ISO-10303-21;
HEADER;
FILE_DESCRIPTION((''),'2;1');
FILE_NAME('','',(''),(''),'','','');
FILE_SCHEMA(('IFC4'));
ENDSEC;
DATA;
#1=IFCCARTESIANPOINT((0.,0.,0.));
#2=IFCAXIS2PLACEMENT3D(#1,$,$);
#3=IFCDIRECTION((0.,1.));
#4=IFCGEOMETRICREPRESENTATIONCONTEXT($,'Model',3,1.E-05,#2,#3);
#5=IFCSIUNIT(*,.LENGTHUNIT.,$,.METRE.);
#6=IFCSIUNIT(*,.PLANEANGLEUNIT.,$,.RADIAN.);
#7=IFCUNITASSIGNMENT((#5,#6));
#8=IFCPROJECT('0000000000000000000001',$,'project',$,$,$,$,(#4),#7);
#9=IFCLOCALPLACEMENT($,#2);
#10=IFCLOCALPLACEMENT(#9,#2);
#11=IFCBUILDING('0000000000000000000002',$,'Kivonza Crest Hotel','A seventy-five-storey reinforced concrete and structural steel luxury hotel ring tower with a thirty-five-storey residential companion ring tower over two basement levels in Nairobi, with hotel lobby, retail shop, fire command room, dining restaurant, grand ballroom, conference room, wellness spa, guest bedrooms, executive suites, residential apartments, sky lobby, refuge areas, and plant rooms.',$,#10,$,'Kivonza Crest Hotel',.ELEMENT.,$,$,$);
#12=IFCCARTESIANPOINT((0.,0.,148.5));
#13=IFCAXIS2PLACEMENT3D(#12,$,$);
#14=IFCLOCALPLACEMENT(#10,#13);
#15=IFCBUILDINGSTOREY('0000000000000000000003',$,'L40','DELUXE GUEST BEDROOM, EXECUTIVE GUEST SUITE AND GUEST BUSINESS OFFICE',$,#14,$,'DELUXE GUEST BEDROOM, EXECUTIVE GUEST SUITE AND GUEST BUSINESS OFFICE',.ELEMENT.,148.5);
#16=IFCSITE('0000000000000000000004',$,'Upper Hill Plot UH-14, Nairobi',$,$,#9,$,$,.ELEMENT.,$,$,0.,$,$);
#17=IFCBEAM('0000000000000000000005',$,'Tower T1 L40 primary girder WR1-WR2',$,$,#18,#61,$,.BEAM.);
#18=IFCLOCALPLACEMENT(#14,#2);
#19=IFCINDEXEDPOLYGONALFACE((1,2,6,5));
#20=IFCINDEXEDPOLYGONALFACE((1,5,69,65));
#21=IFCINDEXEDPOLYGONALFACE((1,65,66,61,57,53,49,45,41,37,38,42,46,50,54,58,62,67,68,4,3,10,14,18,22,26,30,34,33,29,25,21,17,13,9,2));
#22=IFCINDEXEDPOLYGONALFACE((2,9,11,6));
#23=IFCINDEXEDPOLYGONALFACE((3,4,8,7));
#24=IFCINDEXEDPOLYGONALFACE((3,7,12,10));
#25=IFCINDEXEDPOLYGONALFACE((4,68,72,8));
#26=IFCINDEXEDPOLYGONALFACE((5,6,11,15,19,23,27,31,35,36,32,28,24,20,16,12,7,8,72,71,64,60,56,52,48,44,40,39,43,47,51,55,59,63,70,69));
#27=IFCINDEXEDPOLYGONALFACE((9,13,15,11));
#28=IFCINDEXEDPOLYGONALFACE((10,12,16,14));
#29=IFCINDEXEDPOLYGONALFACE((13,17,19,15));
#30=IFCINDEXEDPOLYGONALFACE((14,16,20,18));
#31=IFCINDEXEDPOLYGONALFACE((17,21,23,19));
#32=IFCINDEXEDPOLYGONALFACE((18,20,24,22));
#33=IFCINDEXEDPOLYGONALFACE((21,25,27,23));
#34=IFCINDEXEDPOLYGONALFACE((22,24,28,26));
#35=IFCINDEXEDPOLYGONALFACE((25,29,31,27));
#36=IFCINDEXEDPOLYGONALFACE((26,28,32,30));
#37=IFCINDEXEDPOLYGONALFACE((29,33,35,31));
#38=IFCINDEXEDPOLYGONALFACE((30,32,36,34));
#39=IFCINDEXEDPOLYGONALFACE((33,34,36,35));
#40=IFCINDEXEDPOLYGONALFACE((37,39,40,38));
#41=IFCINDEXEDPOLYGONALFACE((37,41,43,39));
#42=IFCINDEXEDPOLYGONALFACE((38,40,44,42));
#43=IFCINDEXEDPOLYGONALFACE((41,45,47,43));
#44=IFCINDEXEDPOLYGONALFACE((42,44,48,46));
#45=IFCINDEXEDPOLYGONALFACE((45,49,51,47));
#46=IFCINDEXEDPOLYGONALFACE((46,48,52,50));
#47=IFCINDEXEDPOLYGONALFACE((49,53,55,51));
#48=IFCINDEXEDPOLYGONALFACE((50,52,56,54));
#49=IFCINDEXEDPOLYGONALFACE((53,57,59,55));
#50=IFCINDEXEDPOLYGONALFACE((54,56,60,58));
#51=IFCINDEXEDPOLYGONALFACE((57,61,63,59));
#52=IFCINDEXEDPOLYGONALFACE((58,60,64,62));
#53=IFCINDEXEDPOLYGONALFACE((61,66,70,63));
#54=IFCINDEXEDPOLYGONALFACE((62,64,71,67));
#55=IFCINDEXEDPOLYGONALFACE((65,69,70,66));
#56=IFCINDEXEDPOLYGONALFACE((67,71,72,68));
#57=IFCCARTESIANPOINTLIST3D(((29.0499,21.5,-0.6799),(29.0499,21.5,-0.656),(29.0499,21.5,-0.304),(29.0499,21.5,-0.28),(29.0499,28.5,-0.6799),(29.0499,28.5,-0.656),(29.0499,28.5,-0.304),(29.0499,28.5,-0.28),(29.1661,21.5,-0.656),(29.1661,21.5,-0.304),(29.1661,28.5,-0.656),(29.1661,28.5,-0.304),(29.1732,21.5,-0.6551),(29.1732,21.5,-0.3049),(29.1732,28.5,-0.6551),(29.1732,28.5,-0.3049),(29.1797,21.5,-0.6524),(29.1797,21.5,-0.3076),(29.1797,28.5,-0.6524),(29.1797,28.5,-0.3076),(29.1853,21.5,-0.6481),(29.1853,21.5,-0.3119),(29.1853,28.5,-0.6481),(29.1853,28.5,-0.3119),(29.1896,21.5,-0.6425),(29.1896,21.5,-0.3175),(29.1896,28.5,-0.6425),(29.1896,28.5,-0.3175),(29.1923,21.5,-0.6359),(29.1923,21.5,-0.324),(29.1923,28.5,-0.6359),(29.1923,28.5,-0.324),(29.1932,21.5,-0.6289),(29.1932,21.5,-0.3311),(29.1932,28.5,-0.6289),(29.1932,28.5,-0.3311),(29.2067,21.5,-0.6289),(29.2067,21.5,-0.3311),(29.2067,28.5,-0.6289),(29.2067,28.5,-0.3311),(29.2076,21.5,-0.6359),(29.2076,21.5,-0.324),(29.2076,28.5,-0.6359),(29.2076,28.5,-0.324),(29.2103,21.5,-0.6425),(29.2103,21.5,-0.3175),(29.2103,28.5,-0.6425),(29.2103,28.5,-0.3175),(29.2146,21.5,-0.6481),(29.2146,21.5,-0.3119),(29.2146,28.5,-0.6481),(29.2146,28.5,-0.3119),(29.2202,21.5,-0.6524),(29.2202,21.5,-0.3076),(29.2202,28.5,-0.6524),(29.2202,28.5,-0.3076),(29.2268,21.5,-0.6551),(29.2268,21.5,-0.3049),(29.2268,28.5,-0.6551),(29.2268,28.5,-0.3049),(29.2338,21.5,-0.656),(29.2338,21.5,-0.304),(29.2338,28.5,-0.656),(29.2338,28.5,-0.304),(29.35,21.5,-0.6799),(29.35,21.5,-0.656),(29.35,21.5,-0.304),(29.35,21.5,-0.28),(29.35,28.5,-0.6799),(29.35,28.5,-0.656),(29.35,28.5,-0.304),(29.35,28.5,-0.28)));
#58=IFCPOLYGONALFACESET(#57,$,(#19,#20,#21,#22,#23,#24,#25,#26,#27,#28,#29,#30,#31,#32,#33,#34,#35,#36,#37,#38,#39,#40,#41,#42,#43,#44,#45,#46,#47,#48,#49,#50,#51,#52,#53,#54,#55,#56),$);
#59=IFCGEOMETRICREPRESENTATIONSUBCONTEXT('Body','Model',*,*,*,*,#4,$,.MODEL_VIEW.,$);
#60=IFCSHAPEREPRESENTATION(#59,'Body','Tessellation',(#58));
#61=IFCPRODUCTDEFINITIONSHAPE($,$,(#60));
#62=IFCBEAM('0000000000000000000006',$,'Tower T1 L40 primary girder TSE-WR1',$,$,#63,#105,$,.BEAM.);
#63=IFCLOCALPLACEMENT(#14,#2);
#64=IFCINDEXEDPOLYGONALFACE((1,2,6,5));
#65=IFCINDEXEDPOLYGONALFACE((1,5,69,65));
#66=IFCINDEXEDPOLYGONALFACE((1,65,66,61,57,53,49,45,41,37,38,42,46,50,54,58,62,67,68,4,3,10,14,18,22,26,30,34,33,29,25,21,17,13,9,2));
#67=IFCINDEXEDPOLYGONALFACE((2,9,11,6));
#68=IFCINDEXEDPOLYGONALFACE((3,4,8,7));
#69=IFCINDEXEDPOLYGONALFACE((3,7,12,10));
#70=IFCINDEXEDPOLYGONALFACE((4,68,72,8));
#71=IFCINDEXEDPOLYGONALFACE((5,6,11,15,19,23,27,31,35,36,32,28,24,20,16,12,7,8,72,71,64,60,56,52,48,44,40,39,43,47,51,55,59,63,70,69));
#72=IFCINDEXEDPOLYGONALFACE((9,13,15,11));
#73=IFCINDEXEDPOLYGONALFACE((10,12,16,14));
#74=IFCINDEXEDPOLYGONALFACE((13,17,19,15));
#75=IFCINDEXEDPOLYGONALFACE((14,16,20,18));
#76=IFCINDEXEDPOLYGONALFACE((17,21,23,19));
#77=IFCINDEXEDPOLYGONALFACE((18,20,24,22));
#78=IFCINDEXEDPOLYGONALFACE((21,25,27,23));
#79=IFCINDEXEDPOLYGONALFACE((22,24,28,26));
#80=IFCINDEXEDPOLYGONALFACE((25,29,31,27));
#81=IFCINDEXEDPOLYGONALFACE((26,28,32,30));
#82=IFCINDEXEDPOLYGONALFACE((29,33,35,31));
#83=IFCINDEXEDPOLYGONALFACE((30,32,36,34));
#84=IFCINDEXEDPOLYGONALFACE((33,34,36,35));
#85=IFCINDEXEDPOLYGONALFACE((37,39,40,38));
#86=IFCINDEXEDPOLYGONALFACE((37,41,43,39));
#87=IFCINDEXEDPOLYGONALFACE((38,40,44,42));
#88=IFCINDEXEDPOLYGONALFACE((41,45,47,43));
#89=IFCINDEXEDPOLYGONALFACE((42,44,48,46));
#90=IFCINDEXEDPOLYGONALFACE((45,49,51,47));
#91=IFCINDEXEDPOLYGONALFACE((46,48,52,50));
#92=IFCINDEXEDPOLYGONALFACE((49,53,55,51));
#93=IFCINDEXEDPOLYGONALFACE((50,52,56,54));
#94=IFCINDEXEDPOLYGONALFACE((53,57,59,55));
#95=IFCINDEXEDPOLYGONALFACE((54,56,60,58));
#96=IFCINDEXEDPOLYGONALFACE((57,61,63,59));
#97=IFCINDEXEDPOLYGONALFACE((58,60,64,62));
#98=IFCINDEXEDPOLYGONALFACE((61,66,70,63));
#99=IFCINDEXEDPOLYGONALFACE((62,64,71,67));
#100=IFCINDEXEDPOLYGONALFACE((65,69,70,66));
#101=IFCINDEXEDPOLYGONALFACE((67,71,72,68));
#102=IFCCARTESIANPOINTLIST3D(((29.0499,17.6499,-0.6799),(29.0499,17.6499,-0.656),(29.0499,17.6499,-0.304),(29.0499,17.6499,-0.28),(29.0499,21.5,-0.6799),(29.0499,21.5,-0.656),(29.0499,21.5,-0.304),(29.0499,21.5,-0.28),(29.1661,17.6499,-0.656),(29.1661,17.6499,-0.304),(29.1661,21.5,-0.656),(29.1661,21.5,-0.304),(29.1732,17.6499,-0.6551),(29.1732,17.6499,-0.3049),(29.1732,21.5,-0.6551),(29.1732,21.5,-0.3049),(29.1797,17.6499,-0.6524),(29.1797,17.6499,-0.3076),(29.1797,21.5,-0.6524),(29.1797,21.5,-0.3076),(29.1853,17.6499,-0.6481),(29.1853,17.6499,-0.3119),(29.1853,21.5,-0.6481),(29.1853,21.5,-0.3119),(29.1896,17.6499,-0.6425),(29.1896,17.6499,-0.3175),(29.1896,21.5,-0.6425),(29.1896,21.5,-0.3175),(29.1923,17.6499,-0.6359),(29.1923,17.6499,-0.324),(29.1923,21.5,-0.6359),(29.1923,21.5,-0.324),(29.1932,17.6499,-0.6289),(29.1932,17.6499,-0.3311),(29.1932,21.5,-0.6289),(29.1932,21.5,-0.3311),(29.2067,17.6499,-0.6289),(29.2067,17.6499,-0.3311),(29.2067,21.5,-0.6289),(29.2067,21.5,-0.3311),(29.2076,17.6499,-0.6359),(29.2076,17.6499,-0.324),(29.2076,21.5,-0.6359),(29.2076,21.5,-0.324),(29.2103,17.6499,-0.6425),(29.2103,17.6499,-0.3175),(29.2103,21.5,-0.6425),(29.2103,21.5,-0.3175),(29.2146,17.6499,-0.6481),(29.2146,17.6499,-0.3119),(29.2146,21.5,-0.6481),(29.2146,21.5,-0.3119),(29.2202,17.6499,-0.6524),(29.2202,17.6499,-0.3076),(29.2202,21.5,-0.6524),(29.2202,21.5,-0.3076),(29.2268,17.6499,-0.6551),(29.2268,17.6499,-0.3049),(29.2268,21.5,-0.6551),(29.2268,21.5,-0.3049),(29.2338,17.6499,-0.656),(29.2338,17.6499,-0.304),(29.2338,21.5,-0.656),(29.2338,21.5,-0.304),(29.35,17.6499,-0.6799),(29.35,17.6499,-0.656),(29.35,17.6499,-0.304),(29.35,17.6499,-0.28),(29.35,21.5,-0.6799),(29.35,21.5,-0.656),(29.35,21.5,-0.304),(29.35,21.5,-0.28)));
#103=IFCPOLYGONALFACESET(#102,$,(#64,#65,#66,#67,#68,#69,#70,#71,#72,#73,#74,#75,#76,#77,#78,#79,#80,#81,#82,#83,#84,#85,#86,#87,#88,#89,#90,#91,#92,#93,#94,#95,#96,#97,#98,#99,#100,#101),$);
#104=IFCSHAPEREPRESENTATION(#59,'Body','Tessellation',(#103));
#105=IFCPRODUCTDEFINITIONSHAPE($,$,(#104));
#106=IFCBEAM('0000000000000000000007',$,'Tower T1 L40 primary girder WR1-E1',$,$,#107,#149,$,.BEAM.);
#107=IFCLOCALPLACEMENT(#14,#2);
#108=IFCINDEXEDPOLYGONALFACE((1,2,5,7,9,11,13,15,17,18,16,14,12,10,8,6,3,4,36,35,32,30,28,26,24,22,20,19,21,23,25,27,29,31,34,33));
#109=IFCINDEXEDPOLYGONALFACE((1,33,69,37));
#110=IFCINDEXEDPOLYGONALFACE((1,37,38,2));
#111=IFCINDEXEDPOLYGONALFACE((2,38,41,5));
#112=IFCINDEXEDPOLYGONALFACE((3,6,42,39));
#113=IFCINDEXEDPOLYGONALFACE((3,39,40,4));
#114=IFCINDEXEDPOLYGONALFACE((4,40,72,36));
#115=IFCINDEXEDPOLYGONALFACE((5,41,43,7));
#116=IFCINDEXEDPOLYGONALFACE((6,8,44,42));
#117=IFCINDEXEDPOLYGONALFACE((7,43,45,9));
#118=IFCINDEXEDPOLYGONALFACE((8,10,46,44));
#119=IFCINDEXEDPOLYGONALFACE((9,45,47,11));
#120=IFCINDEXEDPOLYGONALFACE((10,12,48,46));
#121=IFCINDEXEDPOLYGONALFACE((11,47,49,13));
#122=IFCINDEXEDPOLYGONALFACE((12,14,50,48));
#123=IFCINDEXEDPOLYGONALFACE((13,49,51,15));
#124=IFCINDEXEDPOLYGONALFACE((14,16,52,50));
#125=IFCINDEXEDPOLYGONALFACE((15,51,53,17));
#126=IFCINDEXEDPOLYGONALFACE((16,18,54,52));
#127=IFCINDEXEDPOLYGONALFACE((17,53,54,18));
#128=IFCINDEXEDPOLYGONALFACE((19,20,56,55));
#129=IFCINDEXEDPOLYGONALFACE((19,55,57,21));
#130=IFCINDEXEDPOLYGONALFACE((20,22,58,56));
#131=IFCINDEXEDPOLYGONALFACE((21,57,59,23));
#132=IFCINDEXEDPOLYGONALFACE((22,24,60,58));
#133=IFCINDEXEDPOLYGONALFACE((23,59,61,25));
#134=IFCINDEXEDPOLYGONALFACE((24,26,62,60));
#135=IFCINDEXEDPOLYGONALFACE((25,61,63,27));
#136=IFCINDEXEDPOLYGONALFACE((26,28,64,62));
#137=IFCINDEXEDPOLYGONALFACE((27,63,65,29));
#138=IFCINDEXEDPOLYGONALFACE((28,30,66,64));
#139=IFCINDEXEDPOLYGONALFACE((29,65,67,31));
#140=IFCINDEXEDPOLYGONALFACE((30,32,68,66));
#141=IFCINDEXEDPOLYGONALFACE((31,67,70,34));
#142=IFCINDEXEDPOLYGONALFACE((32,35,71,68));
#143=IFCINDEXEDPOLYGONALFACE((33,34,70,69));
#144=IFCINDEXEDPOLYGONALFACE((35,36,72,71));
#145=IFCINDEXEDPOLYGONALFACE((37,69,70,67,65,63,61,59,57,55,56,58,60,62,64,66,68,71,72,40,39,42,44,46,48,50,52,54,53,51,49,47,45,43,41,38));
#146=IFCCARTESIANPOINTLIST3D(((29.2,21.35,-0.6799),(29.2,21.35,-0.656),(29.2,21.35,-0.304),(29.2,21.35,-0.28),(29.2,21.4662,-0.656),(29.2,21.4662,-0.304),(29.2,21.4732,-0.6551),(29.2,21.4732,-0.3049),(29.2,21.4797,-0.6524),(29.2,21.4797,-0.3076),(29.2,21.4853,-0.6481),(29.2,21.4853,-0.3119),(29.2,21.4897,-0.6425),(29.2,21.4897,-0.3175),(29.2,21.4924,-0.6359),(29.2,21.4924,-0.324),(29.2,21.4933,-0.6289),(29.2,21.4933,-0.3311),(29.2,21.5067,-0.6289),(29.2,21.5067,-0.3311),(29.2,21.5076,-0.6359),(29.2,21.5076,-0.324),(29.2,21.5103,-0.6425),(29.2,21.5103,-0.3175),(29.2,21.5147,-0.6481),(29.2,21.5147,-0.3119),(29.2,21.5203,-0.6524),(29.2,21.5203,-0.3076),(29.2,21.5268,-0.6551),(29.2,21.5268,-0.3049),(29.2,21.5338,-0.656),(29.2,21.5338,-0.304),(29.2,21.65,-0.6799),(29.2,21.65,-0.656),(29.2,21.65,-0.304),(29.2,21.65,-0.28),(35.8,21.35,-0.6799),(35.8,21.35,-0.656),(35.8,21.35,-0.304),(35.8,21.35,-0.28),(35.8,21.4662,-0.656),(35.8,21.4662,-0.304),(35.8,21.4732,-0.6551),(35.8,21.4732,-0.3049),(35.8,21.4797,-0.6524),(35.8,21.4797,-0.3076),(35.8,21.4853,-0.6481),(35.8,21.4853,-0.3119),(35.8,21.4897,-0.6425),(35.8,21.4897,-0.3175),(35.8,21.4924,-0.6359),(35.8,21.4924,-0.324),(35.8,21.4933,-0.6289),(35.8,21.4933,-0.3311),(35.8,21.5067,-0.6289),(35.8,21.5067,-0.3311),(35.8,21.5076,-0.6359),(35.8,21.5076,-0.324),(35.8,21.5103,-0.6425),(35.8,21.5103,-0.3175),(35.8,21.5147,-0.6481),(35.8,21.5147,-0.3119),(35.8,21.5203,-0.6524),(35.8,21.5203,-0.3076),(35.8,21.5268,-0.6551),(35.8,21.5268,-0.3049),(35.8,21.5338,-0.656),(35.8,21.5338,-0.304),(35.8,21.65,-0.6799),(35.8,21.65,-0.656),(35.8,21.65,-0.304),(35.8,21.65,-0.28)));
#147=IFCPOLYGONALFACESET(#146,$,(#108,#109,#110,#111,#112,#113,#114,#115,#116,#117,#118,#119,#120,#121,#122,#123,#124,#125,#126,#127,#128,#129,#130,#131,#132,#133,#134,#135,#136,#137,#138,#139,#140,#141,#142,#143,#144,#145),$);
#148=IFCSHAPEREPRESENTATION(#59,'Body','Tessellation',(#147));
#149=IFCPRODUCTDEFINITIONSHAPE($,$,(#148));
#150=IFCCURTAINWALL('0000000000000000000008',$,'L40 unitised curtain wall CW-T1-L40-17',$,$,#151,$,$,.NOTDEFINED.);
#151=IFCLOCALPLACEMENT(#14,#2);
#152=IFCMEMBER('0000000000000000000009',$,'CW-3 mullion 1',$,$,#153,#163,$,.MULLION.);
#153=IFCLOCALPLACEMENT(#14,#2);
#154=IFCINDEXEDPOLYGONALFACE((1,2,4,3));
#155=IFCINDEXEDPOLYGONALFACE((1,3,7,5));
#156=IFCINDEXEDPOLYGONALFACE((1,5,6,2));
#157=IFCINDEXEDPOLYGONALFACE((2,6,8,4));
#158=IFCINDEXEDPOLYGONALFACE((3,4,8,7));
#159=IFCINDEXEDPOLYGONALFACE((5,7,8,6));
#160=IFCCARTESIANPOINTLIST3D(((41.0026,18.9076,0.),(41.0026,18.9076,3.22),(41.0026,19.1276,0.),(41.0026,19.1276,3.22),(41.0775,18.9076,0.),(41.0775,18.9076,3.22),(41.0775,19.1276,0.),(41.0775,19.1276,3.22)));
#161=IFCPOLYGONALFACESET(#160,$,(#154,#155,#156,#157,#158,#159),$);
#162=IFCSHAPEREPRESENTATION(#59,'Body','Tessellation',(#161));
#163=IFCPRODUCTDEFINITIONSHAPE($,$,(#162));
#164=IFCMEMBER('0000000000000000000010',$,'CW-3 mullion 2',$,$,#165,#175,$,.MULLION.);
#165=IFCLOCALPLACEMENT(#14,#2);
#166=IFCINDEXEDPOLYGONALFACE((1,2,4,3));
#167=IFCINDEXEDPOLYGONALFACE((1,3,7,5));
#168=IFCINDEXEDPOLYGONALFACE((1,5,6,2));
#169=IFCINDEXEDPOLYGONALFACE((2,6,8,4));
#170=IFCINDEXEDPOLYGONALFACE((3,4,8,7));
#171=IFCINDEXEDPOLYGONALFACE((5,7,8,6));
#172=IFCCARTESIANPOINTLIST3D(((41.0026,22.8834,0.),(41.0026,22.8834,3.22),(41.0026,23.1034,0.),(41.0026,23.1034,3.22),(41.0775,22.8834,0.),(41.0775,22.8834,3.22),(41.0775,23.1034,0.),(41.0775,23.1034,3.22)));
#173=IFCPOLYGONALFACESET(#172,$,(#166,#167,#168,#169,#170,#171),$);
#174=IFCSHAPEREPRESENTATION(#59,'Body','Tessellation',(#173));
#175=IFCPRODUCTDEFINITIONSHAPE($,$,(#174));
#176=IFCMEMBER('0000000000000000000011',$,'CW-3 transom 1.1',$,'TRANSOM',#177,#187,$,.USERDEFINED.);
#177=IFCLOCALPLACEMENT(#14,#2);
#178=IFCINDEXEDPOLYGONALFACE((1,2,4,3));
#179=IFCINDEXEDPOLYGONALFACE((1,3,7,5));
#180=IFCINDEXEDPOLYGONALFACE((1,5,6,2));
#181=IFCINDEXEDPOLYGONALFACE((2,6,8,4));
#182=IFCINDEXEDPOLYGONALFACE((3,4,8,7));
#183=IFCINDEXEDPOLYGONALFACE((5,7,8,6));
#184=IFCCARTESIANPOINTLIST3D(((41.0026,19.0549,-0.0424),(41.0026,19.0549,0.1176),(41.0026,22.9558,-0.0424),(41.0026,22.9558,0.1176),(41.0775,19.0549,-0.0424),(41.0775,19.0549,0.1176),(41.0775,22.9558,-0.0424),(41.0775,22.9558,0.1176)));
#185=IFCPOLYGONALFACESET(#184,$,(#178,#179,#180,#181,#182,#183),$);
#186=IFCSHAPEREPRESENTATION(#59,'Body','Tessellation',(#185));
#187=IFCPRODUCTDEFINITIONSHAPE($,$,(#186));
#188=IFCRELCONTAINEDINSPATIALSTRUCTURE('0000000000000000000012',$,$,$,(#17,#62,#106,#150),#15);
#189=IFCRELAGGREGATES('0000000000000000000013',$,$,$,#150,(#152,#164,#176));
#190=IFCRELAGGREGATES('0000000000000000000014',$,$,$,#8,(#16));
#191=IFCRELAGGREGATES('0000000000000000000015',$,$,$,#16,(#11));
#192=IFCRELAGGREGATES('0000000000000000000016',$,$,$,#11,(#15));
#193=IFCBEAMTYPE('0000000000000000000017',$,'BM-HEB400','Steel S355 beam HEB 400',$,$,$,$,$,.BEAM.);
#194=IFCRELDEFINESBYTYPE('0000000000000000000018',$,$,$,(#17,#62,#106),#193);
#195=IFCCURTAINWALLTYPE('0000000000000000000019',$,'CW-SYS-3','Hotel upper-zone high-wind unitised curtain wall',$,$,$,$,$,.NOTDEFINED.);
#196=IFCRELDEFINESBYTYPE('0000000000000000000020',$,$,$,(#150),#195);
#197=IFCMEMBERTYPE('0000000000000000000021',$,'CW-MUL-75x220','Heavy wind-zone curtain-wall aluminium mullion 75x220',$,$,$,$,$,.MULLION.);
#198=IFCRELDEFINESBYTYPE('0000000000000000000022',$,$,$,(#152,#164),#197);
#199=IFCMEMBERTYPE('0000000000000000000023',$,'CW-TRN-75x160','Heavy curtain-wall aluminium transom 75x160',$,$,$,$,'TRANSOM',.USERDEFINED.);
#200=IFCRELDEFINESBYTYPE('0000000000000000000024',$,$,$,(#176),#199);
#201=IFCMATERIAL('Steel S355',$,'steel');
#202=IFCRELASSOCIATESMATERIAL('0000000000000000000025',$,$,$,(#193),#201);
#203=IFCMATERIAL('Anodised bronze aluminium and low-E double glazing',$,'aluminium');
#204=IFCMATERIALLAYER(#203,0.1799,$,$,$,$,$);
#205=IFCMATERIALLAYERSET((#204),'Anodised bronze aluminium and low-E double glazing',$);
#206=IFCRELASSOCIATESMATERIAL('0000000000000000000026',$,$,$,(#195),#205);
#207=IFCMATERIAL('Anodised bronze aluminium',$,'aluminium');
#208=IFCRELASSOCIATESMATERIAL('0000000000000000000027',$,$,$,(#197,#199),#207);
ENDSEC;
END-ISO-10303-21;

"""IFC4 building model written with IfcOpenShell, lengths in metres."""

from ifc_helpers import new_model, si_unit, direction, frame, origin, origin_2d, place, context, subcontext, project, spatial, rectangle, i_section, extrude, material, layer, layer_set, material_profile, profile_set, type_object, element, aggregate, save


model = new_model("IFC4")

# Units and contexts
model_context = context("Model", 3, precision=1e-05, world=origin(), true_north=direction((0.0, 1.0)))
body_context = subcontext(model_context, "Body", "Model", "MODEL_VIEW")
ifc_project = project(units=[si_unit("LENGTHUNIT", "METRE"), si_unit("PLANEANGLEUNIT", "RADIAN")], contexts=[model_context])

# Site, building, storey
site_placement = place(None, origin())
site = spatial("IfcSite", under=ifc_project, at=site_placement, Name="Upper Hill Plot UH-14, Nairobi", CompositionType="ELEMENT", RefElevation=0.0)
building_placement = place(site_placement, origin())
building = spatial("IfcBuilding", under=site, at=building_placement, Name="Kivonza Crest Hotel", Description="A seventy-five-storey reinforced concrete and structural steel luxury hotel ring tower with a thirty-five-storey residential companion ring tower over two basement levels in Nairobi, with hotel lobby, retail shop, fire command room, dining restaurant, grand ballroom, conference room, wellness spa, guest bedrooms, executive suites, residential apartments, sky lobby, refuge areas, and plant rooms.", LongName="Kivonza Crest Hotel", CompositionType="ELEMENT")
storey_placement = place(building_placement, frame((0.0, 0.0, 148.5)))
storey = spatial("IfcBuildingStorey", under=building, at=storey_placement, Name="L40", Description="DELUXE GUEST BEDROOM, EXECUTIVE GUEST SUITE AND GUEST BUSINESS OFFICE", LongName="DELUXE GUEST BEDROOM, EXECUTIVE GUEST SUITE AND GUEST BUSINESS OFFICE", CompositionType="ELEMENT", Elevation=148.5)

# Beams
ifc_material_1 = material(Name="Steel S355", Category="steel")
ifc_material_profile_1 = material_profile(ifc_material_1, i_section(OverallWidth=0.3, OverallDepth=0.3999, WebThickness=0.0134, FlangeThickness=0.0239, FilletRadius=0.0271, at=origin_2d()), Name="HEB 400")
ifc_profile_set_1 = profile_set([ifc_material_profile_1], Name="Steel S355")
beam_type_1 = type_object("IfcBeamType", Name="BM-HEB400", Description="Steel S355 beam HEB 400", PredefinedType="BEAM", material=ifc_profile_set_1)
beam_1_placement = place(storey_placement, frame((29.2, 21.5, -0.48), z_axis=(0.0, 1.0, 0.0), x_axis=(-1.0, 0.0, 0.0)))
element("IfcBeam", 1, at=beam_1_placement, inside=storey, type_object=beam_type_1, Name="Tower T1 L40 primary girder WR1-WR2", PredefinedType="BEAM", context=body_context, shape_type="SweptSolid", body=[
    extrude(i_section(OverallWidth=0.3, OverallDepth=0.3999, WebThickness=0.0134, FlangeThickness=0.0239, FilletRadius=0.0271, at=origin_2d()), origin(), (0.0, 0.0, 1.0), 7.0),
])
beam_2_placement = place(storey_placement, frame((29.2, 17.6499, -0.48), z_axis=(0.0, 1.0, 0.0), x_axis=(-1.0, 0.0, 0.0)))
element("IfcBeam", 2, at=beam_2_placement, inside=storey, type_object=beam_type_1, Name="Tower T1 L40 primary girder TSE-WR1", PredefinedType="BEAM", context=body_context, shape_type="SweptSolid", body=[
    extrude(i_section(OverallWidth=0.3, OverallDepth=0.3999, WebThickness=0.0134, FlangeThickness=0.0239, FilletRadius=0.0271, at=origin_2d()), origin(), (0.0, 0.0, 1.0), 3.8501),
])
beam_3_placement = place(storey_placement, frame((29.2, 21.5, -0.48), z_axis=(1.0, 0.0, 0.0), x_axis=(0.0, 1.0, 0.0)))
element("IfcBeam", 3, at=beam_3_placement, inside=storey, type_object=beam_type_1, Name="Tower T1 L40 primary girder WR1-E1", PredefinedType="BEAM", context=body_context, shape_type="SweptSolid", body=[
    extrude(i_section(OverallWidth=0.3, OverallDepth=0.3999, WebThickness=0.0134, FlangeThickness=0.0239, FilletRadius=0.0271, at=origin_2d()), origin(), (0.0, 0.0, 1.0), 6.6001),
])

# Curtain wall, members
ifc_material_2 = material(Name="Anodised bronze aluminium and low-E double glazing", Category="aluminium")
ifc_layer_1 = layer(ifc_material_2, 0.1799)
ifc_layer_set_1 = layer_set([ifc_layer_1], Name="Anodised bronze aluminium and low-E double glazing")
curtain_wall_type = type_object("IfcCurtainWallType", Name="CW-SYS-3", Description="Hotel upper-zone high-wind unitised curtain wall", PredefinedType="NOTDEFINED", material=ifc_layer_set_1)
curtain_wall_placement = place(storey_placement, origin())
curtain_wall = element("IfcCurtainWall", 4, at=curtain_wall_placement, inside=storey, type_object=curtain_wall_type, Name="L40 unitised curtain wall CW-T1-L40-17", PredefinedType="NOTDEFINED")
ifc_material_3 = material(Name="Anodised bronze aluminium", Category="aluminium")
ifc_material_profile_2 = material_profile(ifc_material_3, rectangle(XDim=0.075, YDim=0.22, at=origin_2d()), Name="CW-M 75x220")
ifc_profile_set_2 = profile_set([ifc_material_profile_2], Name="Anodised bronze aluminium")
member_type_1 = type_object("IfcMemberType", Name="CW-MUL-75x220", Description="Heavy wind-zone curtain-wall aluminium mullion 75x220", PredefinedType="MULLION", material=ifc_profile_set_2)
member_1_placement = place(storey_placement, frame((41.04, 19.0176, 0.0), z_axis=(0.0, 0.0, 1.0), x_axis=(-1.0, 0.0, 0.0)))
member_1 = element("IfcMember", 5, at=member_1_placement, type_object=member_type_1, Name="CW-3 mullion 1", PredefinedType="MULLION", context=body_context, shape_type="SweptSolid", body=[
    extrude(rectangle(XDim=0.075, YDim=0.22, at=origin_2d()), origin(), (0.0, 0.0, 1.0), 3.22),
])
member_2_placement = place(storey_placement, frame((41.04, 22.9934, 0.0), z_axis=(0.0, 0.0, 1.0), x_axis=(-1.0, 0.0, 0.0)))
member_2 = element("IfcMember", 6, at=member_2_placement, type_object=member_type_1, Name="CW-3 mullion 2", PredefinedType="MULLION", context=body_context, shape_type="SweptSolid", body=[
    extrude(rectangle(XDim=0.075, YDim=0.22, at=origin_2d()), origin(), (0.0, 0.0, 1.0), 3.22),
])
ifc_material_profile_3 = material_profile(ifc_material_3, rectangle(XDim=0.075, YDim=0.1599, at=origin_2d()), Name="CW-T 75x160")
ifc_profile_set_3 = profile_set([ifc_material_profile_3], Name="Anodised bronze aluminium")
member_type_2 = type_object("IfcMemberType", Name="CW-TRN-75x160", Description="Heavy curtain-wall aluminium transom 75x160", ElementType="TRANSOM", PredefinedType="USERDEFINED", material=ifc_profile_set_3)
member_3_placement = place(storey_placement, frame((41.04, 19.0549, 0.0376), z_axis=(0.0, 1.0, 0.0), x_axis=(-1.0, 0.0, 0.0)))
member_3 = element("IfcMember", 7, at=member_3_placement, type_object=member_type_2, Name="CW-3 transom 1.1", ObjectType="TRANSOM", PredefinedType="USERDEFINED", context=body_context, shape_type="SweptSolid", body=[
    extrude(rectangle(XDim=0.075, YDim=0.1599, at=origin_2d()), origin(), (0.0, 0.0, 1.0), 3.9009),
])
aggregate(curtain_wall, [member_1, member_2, member_3])

save(model, "model.ifc")
